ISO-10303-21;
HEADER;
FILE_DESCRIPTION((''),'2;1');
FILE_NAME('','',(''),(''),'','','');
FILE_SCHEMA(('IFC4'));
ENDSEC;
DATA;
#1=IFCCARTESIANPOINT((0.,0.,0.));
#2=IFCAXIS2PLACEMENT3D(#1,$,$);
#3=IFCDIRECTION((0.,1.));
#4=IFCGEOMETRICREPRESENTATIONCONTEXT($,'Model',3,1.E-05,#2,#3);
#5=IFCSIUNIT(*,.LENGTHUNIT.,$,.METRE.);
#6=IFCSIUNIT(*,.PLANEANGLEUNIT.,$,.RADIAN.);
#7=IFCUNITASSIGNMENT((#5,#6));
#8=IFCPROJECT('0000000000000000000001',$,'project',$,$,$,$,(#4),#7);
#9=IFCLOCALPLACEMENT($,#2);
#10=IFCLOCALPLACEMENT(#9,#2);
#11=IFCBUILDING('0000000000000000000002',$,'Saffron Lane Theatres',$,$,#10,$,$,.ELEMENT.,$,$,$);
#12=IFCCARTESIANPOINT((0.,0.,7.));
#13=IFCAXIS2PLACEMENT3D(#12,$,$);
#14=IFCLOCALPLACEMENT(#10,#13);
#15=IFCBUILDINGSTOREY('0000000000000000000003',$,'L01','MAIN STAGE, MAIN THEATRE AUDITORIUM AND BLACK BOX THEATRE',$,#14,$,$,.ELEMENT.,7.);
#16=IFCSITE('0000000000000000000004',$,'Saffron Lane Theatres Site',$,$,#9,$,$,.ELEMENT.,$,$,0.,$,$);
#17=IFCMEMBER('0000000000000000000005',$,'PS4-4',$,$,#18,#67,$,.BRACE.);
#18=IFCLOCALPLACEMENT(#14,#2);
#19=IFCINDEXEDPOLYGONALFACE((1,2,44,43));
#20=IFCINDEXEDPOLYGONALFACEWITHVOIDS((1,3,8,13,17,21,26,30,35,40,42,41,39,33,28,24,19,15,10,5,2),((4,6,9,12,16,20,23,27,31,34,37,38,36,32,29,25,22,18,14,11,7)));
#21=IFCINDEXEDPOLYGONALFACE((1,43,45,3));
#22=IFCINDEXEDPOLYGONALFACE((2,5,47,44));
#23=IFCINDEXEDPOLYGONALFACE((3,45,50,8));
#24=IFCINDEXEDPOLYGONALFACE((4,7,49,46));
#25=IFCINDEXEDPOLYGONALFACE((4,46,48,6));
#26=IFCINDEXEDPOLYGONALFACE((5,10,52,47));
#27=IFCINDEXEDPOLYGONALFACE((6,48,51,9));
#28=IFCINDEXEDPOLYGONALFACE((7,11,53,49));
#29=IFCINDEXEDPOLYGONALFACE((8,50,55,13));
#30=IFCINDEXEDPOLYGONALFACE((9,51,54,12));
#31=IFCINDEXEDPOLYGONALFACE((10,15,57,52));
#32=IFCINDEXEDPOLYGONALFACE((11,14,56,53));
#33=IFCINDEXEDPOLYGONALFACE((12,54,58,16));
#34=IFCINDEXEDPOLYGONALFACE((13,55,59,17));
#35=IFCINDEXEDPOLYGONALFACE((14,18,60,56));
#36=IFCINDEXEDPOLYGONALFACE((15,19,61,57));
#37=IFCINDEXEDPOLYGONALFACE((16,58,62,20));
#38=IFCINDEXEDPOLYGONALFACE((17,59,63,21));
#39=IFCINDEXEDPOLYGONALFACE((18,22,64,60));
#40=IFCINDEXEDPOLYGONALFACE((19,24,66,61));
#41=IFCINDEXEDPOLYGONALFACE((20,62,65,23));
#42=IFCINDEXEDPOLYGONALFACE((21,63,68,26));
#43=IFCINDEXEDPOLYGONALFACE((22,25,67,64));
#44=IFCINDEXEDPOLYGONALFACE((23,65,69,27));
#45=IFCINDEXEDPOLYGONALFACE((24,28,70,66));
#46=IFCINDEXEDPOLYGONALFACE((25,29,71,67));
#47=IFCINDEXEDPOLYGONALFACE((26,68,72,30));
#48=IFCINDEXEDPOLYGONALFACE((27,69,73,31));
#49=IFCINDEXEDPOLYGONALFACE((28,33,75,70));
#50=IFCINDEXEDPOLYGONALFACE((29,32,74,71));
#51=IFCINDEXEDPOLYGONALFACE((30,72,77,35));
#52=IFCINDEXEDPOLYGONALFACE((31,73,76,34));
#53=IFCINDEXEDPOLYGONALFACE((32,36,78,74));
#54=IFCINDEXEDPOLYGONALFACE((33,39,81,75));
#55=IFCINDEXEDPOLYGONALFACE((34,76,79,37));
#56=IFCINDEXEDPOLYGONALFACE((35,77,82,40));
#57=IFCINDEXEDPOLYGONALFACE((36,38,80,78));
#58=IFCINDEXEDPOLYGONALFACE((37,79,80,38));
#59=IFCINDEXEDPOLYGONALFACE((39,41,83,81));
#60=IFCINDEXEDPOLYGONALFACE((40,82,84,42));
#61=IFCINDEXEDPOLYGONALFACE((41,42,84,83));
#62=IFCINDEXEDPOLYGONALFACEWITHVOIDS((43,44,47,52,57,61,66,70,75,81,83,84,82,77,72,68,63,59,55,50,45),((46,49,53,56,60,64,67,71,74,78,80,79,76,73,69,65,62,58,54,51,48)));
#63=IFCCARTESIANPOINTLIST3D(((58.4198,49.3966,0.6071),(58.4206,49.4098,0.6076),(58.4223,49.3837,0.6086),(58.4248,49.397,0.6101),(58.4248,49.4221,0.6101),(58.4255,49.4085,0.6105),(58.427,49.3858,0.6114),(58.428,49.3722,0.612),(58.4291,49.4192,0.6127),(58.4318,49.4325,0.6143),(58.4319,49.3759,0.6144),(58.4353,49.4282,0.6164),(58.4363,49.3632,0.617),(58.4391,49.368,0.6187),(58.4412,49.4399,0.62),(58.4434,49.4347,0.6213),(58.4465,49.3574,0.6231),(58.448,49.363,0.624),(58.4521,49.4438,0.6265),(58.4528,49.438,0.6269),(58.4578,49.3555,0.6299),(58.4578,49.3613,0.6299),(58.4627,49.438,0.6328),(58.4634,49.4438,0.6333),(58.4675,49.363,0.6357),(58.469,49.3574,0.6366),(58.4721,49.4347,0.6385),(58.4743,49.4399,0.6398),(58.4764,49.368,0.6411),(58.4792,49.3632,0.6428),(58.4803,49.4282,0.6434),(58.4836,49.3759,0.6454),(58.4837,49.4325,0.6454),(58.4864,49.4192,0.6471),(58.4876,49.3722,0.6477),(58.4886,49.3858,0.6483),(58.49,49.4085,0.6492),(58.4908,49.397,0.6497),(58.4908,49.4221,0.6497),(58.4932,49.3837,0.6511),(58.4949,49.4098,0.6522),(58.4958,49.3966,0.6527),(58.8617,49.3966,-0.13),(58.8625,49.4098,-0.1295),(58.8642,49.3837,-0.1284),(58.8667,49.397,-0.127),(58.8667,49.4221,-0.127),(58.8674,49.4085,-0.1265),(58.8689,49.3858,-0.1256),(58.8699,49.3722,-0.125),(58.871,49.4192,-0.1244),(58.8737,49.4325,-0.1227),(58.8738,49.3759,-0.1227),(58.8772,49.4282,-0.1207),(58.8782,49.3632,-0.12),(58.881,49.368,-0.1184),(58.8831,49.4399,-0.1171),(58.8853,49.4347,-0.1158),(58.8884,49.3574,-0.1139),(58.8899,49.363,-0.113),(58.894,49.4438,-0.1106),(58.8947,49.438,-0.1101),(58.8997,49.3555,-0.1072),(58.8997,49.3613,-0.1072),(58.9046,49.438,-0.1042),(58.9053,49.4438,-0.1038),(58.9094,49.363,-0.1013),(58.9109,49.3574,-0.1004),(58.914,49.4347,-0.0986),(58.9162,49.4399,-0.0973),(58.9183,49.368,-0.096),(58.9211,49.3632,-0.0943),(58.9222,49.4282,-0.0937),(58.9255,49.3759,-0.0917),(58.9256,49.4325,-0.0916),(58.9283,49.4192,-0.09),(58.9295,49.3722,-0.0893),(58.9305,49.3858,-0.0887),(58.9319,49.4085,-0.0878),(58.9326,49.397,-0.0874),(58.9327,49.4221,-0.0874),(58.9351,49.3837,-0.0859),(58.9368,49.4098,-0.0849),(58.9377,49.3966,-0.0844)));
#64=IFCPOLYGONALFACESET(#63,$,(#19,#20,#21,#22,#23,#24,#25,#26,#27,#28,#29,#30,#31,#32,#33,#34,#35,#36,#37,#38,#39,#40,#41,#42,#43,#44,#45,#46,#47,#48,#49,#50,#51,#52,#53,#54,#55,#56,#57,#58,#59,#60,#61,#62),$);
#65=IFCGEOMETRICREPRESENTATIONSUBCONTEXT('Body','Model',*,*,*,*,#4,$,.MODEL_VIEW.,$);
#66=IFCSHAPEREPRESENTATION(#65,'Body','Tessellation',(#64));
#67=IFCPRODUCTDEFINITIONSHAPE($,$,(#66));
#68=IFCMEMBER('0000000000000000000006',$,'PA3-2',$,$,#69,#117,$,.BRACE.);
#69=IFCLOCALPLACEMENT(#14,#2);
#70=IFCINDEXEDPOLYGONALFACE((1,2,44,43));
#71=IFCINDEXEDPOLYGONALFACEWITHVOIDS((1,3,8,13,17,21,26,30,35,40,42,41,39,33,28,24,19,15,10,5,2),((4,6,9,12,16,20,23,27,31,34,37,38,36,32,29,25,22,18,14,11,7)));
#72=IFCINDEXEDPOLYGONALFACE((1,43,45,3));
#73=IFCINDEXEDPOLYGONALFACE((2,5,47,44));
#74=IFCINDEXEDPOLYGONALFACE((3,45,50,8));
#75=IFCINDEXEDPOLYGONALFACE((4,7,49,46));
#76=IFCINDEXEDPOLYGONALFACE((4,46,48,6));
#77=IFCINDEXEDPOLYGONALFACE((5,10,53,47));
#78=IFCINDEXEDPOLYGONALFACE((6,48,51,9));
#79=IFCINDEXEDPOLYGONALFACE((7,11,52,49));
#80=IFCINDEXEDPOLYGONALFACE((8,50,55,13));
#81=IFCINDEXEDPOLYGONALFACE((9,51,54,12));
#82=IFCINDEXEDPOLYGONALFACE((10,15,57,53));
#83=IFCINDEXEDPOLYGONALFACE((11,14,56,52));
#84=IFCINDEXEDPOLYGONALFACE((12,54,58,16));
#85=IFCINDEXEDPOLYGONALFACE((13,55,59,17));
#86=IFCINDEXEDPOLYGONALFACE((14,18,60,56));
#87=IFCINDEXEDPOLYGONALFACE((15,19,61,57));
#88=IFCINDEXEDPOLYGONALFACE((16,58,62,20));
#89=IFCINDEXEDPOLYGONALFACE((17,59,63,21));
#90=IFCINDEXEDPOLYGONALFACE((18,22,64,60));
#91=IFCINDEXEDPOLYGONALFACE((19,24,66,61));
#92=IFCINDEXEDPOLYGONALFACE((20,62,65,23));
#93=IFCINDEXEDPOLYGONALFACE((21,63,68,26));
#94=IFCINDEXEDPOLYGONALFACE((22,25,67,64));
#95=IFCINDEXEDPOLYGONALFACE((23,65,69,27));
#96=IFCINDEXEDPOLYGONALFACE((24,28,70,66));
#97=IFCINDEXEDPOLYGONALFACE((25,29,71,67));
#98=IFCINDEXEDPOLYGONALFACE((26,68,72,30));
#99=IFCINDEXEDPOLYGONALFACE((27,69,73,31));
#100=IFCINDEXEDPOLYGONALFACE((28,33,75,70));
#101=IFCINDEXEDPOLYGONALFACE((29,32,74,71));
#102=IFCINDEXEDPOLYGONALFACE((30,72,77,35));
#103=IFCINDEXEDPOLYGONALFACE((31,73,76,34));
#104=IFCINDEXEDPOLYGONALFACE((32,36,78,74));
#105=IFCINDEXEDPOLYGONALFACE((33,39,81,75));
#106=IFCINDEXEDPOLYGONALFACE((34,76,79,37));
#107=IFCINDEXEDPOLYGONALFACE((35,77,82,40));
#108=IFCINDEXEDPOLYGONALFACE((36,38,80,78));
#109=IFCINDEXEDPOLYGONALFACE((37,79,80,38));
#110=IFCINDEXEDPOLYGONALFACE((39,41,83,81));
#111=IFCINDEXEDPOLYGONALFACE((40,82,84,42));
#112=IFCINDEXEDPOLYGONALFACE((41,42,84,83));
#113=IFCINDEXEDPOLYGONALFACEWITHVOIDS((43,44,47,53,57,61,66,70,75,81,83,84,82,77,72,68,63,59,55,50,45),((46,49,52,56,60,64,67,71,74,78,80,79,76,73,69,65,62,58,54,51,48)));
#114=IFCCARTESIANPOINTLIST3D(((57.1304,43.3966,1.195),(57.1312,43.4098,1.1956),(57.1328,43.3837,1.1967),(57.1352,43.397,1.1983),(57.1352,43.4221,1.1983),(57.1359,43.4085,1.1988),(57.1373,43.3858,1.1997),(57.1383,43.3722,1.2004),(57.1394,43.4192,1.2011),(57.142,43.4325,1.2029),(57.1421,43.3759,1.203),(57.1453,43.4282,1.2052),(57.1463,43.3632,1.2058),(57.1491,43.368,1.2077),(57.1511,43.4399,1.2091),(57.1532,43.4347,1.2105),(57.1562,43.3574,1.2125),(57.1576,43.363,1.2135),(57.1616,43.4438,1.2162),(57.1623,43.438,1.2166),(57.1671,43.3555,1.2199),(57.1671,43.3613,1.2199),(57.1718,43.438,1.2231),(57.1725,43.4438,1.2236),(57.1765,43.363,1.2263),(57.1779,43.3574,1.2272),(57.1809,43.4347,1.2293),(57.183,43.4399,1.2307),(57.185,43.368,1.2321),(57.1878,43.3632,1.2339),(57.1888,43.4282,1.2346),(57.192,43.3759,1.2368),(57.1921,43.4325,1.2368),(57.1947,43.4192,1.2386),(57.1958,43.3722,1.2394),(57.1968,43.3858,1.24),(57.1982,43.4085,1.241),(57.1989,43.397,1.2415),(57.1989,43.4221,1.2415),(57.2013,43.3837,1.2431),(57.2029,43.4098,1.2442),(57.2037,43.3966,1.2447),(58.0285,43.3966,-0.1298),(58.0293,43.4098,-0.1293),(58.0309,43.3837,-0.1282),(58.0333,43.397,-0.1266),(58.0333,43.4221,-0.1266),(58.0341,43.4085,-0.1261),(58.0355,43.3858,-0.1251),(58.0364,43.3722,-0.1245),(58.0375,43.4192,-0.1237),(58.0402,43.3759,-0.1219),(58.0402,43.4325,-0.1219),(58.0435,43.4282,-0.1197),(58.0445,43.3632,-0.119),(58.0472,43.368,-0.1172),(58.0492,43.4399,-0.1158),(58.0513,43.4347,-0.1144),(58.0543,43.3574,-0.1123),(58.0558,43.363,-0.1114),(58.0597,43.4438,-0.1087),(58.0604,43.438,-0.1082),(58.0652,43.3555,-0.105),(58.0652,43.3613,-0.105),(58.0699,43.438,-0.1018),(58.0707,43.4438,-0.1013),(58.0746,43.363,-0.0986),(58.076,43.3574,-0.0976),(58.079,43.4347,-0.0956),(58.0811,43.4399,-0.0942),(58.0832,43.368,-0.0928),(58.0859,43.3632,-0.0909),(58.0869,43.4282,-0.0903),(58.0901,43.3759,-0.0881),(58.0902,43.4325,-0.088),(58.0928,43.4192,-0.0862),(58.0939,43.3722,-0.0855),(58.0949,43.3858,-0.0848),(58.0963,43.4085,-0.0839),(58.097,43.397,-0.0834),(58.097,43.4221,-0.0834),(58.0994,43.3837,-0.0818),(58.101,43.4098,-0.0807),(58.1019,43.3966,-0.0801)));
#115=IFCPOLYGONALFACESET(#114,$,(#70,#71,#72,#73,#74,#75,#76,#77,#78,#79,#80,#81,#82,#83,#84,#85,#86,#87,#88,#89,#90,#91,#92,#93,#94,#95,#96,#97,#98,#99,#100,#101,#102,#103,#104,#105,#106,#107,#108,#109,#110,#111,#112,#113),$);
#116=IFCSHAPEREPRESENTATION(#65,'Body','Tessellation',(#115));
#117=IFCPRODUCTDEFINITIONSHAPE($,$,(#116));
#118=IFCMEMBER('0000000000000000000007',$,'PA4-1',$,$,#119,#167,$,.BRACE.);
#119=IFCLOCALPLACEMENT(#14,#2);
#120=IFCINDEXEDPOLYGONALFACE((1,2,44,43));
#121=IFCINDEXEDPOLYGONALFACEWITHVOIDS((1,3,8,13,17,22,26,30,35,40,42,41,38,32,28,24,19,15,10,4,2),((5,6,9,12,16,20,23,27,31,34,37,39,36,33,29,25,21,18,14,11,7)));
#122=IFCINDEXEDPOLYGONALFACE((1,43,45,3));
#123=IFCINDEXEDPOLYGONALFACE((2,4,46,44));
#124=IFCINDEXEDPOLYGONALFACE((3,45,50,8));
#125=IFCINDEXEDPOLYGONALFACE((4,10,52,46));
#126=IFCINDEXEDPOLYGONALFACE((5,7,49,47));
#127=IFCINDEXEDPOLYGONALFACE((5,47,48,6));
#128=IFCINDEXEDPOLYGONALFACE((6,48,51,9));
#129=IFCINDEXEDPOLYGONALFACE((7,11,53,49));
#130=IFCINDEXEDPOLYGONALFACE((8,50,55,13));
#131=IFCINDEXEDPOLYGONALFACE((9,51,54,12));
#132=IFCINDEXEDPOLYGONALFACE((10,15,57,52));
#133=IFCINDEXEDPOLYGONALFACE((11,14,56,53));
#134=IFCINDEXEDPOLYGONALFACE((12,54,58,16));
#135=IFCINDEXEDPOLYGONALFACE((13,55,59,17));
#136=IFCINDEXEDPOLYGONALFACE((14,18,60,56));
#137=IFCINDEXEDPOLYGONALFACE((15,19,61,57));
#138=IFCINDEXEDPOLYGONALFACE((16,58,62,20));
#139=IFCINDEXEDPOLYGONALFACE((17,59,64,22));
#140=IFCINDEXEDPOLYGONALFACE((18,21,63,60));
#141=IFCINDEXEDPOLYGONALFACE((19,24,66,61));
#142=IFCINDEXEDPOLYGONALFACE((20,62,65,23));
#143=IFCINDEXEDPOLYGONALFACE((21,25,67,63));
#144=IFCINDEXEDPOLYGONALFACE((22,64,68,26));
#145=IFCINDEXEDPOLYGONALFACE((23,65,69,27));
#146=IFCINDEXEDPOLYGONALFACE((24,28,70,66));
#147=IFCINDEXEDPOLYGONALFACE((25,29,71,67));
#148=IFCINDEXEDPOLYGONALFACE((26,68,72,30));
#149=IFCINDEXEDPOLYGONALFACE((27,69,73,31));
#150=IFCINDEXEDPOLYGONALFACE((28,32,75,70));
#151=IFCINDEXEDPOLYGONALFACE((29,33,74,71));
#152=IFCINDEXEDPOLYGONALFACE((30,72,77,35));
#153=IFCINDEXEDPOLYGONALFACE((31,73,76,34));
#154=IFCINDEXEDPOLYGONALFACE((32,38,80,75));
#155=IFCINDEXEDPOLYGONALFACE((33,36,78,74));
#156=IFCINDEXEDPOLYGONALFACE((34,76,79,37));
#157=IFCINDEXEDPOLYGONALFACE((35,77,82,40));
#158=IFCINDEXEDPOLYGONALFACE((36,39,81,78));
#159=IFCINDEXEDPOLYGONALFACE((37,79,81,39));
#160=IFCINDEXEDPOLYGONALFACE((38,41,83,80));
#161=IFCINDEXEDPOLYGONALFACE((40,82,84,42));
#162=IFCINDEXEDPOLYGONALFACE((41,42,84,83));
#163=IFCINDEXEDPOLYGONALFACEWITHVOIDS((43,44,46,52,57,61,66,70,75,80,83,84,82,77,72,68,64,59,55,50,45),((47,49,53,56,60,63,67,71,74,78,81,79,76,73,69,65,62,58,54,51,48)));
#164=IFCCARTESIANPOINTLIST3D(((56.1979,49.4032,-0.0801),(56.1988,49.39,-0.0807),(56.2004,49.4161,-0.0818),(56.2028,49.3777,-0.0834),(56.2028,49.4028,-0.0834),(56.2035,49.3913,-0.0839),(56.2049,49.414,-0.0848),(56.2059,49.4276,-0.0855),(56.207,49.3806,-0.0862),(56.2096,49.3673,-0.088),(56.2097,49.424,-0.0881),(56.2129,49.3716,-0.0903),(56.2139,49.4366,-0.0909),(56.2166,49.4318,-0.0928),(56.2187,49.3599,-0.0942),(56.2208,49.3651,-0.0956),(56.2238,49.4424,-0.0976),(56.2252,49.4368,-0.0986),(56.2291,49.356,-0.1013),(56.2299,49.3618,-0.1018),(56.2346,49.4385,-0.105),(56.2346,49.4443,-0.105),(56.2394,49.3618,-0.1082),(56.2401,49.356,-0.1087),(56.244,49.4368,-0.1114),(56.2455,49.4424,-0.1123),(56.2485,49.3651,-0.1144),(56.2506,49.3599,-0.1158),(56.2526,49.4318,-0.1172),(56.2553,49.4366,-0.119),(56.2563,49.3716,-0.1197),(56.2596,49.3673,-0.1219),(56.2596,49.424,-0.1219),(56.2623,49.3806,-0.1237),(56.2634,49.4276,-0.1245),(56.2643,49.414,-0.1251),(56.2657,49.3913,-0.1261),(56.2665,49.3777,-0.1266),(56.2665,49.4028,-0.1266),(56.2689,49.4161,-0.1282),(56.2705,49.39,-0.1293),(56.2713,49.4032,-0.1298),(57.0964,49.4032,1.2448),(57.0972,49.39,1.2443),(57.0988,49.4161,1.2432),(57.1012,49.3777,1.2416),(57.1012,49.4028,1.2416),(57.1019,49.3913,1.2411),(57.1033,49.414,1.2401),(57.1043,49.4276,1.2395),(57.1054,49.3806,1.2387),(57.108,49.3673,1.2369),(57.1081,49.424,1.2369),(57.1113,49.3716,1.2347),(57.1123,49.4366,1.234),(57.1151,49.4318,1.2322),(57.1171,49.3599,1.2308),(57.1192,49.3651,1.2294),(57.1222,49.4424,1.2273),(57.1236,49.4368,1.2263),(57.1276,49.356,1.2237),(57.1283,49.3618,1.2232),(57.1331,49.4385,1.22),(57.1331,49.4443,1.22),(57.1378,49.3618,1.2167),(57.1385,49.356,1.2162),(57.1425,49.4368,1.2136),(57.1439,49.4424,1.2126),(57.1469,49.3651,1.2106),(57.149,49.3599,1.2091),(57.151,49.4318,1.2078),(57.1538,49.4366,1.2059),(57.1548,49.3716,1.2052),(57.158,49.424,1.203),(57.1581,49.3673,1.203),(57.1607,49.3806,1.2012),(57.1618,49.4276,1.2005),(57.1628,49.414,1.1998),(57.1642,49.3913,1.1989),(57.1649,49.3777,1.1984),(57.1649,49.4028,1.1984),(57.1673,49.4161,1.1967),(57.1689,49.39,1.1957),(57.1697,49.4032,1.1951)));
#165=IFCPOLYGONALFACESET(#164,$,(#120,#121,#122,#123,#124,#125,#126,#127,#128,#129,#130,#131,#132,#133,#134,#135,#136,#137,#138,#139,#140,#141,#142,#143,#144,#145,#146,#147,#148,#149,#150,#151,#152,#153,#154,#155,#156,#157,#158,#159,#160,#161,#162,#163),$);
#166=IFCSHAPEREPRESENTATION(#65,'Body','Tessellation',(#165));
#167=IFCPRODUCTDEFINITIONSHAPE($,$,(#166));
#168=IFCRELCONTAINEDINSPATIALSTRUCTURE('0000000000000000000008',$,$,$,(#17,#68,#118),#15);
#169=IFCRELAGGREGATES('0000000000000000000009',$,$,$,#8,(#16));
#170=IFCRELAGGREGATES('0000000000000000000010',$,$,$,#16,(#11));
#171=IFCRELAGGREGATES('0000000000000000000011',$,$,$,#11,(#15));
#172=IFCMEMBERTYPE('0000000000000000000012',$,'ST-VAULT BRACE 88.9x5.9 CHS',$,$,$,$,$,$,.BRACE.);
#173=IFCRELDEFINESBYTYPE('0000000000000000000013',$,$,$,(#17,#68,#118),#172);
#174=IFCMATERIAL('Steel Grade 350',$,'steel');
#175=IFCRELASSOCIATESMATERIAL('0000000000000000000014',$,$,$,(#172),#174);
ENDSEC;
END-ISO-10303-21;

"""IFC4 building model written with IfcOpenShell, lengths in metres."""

from ifc_helpers import new_model, si_unit, direction, frame, origin, origin_2d, place, context, subcontext, project, spatial, hollow_circle, extrude, material, material_profile, profile_set, type_object, element, save


model = new_model("IFC4")

# Units and contexts
model_context = context("Model", 3, precision=1e-05, world=origin(), true_north=direction((0.0, 1.0)))
body_context = subcontext(model_context, "Body", "Model", "MODEL_VIEW")
ifc_project = project(units=[si_unit("LENGTHUNIT", "METRE"), si_unit("PLANEANGLEUNIT", "RADIAN")], contexts=[model_context])

# Site, building, storey
site_placement = place(None, origin())
site = spatial("IfcSite", under=ifc_project, at=site_placement, Name="Saffron Lane Theatres Site", CompositionType="ELEMENT", RefElevation=0.0)
building_placement = place(site_placement, origin())
building = spatial("IfcBuilding", under=site, at=building_placement, Name="Saffron Lane Theatres", CompositionType="ELEMENT")
storey_placement = place(building_placement, frame((0.0, 0.0, 7.0)))
storey = spatial("IfcBuildingStorey", under=building, at=storey_placement, Name="L01", Description="MAIN STAGE, MAIN THEATRE AUDITORIUM AND BLACK BOX THEATRE", CompositionType="ELEMENT", Elevation=7.0)

# Members
ifc_material_1 = material(Name="Steel Grade 350", Category="steel")
ifc_material_profile_1 = material_profile(ifc_material_1, hollow_circle(Radius=0.0444, WallThickness=0.0059, at=origin_2d()))
ifc_profile_set_1 = profile_set([ifc_material_profile_1], Name="Steel Grade 350")
member_type = type_object("IfcMemberType", Name="ST-VAULT BRACE 88.9x5.9 CHS", PredefinedType="BRACE", material=ifc_profile_set_1)
member_1_placement = place(storey_placement, frame((58.8997, 49.3999, -0.1072), z_axis=(-0.514203, 0.0, 0.857668), x_axis=(0.0, -1.0, 0.0)))
element("IfcMember", 1, at=member_1_placement, inside=storey, type_object=member_type, Name="PS4-4", PredefinedType="BRACE", context=body_context, shape_type="SweptSolid", body=[
    extrude(hollow_circle(Radius=0.0444, WallThickness=0.0059, at=origin_2d()), origin(), (0.0, 0.0, 1.0), 0.8594),
])
member_2_placement = place(storey_placement, frame((58.0652, 43.3999, -0.105), z_axis=(-0.561125, 0.0, 0.827731), x_axis=(0.0, -1.0, 0.0)))
element("IfcMember", 2, at=member_2_placement, inside=storey, type_object=member_type, Name="PA3-2", PredefinedType="BRACE", context=body_context, shape_type="SweptSolid", body=[
    extrude(hollow_circle(Radius=0.0444, WallThickness=0.0059, at=origin_2d()), origin(), (0.0, 0.0, 1.0), 1.6006),
])
member_3_placement = place(storey_placement, frame((56.2346, 49.3999, -0.105), z_axis=(0.561229, 0.0, 0.82766), x_axis=(0.0, 1.0, 0.0)))
element("IfcMember", 3, at=member_3_placement, inside=storey, type_object=member_type, Name="PA4-1", PredefinedType="BRACE", context=body_context, shape_type="SweptSolid", body=[
    extrude(hollow_circle(Radius=0.0444, WallThickness=0.0059, at=origin_2d()), origin(), (0.0, 0.0, 1.0), 1.6008),
])

save(model, "model.ifc")
